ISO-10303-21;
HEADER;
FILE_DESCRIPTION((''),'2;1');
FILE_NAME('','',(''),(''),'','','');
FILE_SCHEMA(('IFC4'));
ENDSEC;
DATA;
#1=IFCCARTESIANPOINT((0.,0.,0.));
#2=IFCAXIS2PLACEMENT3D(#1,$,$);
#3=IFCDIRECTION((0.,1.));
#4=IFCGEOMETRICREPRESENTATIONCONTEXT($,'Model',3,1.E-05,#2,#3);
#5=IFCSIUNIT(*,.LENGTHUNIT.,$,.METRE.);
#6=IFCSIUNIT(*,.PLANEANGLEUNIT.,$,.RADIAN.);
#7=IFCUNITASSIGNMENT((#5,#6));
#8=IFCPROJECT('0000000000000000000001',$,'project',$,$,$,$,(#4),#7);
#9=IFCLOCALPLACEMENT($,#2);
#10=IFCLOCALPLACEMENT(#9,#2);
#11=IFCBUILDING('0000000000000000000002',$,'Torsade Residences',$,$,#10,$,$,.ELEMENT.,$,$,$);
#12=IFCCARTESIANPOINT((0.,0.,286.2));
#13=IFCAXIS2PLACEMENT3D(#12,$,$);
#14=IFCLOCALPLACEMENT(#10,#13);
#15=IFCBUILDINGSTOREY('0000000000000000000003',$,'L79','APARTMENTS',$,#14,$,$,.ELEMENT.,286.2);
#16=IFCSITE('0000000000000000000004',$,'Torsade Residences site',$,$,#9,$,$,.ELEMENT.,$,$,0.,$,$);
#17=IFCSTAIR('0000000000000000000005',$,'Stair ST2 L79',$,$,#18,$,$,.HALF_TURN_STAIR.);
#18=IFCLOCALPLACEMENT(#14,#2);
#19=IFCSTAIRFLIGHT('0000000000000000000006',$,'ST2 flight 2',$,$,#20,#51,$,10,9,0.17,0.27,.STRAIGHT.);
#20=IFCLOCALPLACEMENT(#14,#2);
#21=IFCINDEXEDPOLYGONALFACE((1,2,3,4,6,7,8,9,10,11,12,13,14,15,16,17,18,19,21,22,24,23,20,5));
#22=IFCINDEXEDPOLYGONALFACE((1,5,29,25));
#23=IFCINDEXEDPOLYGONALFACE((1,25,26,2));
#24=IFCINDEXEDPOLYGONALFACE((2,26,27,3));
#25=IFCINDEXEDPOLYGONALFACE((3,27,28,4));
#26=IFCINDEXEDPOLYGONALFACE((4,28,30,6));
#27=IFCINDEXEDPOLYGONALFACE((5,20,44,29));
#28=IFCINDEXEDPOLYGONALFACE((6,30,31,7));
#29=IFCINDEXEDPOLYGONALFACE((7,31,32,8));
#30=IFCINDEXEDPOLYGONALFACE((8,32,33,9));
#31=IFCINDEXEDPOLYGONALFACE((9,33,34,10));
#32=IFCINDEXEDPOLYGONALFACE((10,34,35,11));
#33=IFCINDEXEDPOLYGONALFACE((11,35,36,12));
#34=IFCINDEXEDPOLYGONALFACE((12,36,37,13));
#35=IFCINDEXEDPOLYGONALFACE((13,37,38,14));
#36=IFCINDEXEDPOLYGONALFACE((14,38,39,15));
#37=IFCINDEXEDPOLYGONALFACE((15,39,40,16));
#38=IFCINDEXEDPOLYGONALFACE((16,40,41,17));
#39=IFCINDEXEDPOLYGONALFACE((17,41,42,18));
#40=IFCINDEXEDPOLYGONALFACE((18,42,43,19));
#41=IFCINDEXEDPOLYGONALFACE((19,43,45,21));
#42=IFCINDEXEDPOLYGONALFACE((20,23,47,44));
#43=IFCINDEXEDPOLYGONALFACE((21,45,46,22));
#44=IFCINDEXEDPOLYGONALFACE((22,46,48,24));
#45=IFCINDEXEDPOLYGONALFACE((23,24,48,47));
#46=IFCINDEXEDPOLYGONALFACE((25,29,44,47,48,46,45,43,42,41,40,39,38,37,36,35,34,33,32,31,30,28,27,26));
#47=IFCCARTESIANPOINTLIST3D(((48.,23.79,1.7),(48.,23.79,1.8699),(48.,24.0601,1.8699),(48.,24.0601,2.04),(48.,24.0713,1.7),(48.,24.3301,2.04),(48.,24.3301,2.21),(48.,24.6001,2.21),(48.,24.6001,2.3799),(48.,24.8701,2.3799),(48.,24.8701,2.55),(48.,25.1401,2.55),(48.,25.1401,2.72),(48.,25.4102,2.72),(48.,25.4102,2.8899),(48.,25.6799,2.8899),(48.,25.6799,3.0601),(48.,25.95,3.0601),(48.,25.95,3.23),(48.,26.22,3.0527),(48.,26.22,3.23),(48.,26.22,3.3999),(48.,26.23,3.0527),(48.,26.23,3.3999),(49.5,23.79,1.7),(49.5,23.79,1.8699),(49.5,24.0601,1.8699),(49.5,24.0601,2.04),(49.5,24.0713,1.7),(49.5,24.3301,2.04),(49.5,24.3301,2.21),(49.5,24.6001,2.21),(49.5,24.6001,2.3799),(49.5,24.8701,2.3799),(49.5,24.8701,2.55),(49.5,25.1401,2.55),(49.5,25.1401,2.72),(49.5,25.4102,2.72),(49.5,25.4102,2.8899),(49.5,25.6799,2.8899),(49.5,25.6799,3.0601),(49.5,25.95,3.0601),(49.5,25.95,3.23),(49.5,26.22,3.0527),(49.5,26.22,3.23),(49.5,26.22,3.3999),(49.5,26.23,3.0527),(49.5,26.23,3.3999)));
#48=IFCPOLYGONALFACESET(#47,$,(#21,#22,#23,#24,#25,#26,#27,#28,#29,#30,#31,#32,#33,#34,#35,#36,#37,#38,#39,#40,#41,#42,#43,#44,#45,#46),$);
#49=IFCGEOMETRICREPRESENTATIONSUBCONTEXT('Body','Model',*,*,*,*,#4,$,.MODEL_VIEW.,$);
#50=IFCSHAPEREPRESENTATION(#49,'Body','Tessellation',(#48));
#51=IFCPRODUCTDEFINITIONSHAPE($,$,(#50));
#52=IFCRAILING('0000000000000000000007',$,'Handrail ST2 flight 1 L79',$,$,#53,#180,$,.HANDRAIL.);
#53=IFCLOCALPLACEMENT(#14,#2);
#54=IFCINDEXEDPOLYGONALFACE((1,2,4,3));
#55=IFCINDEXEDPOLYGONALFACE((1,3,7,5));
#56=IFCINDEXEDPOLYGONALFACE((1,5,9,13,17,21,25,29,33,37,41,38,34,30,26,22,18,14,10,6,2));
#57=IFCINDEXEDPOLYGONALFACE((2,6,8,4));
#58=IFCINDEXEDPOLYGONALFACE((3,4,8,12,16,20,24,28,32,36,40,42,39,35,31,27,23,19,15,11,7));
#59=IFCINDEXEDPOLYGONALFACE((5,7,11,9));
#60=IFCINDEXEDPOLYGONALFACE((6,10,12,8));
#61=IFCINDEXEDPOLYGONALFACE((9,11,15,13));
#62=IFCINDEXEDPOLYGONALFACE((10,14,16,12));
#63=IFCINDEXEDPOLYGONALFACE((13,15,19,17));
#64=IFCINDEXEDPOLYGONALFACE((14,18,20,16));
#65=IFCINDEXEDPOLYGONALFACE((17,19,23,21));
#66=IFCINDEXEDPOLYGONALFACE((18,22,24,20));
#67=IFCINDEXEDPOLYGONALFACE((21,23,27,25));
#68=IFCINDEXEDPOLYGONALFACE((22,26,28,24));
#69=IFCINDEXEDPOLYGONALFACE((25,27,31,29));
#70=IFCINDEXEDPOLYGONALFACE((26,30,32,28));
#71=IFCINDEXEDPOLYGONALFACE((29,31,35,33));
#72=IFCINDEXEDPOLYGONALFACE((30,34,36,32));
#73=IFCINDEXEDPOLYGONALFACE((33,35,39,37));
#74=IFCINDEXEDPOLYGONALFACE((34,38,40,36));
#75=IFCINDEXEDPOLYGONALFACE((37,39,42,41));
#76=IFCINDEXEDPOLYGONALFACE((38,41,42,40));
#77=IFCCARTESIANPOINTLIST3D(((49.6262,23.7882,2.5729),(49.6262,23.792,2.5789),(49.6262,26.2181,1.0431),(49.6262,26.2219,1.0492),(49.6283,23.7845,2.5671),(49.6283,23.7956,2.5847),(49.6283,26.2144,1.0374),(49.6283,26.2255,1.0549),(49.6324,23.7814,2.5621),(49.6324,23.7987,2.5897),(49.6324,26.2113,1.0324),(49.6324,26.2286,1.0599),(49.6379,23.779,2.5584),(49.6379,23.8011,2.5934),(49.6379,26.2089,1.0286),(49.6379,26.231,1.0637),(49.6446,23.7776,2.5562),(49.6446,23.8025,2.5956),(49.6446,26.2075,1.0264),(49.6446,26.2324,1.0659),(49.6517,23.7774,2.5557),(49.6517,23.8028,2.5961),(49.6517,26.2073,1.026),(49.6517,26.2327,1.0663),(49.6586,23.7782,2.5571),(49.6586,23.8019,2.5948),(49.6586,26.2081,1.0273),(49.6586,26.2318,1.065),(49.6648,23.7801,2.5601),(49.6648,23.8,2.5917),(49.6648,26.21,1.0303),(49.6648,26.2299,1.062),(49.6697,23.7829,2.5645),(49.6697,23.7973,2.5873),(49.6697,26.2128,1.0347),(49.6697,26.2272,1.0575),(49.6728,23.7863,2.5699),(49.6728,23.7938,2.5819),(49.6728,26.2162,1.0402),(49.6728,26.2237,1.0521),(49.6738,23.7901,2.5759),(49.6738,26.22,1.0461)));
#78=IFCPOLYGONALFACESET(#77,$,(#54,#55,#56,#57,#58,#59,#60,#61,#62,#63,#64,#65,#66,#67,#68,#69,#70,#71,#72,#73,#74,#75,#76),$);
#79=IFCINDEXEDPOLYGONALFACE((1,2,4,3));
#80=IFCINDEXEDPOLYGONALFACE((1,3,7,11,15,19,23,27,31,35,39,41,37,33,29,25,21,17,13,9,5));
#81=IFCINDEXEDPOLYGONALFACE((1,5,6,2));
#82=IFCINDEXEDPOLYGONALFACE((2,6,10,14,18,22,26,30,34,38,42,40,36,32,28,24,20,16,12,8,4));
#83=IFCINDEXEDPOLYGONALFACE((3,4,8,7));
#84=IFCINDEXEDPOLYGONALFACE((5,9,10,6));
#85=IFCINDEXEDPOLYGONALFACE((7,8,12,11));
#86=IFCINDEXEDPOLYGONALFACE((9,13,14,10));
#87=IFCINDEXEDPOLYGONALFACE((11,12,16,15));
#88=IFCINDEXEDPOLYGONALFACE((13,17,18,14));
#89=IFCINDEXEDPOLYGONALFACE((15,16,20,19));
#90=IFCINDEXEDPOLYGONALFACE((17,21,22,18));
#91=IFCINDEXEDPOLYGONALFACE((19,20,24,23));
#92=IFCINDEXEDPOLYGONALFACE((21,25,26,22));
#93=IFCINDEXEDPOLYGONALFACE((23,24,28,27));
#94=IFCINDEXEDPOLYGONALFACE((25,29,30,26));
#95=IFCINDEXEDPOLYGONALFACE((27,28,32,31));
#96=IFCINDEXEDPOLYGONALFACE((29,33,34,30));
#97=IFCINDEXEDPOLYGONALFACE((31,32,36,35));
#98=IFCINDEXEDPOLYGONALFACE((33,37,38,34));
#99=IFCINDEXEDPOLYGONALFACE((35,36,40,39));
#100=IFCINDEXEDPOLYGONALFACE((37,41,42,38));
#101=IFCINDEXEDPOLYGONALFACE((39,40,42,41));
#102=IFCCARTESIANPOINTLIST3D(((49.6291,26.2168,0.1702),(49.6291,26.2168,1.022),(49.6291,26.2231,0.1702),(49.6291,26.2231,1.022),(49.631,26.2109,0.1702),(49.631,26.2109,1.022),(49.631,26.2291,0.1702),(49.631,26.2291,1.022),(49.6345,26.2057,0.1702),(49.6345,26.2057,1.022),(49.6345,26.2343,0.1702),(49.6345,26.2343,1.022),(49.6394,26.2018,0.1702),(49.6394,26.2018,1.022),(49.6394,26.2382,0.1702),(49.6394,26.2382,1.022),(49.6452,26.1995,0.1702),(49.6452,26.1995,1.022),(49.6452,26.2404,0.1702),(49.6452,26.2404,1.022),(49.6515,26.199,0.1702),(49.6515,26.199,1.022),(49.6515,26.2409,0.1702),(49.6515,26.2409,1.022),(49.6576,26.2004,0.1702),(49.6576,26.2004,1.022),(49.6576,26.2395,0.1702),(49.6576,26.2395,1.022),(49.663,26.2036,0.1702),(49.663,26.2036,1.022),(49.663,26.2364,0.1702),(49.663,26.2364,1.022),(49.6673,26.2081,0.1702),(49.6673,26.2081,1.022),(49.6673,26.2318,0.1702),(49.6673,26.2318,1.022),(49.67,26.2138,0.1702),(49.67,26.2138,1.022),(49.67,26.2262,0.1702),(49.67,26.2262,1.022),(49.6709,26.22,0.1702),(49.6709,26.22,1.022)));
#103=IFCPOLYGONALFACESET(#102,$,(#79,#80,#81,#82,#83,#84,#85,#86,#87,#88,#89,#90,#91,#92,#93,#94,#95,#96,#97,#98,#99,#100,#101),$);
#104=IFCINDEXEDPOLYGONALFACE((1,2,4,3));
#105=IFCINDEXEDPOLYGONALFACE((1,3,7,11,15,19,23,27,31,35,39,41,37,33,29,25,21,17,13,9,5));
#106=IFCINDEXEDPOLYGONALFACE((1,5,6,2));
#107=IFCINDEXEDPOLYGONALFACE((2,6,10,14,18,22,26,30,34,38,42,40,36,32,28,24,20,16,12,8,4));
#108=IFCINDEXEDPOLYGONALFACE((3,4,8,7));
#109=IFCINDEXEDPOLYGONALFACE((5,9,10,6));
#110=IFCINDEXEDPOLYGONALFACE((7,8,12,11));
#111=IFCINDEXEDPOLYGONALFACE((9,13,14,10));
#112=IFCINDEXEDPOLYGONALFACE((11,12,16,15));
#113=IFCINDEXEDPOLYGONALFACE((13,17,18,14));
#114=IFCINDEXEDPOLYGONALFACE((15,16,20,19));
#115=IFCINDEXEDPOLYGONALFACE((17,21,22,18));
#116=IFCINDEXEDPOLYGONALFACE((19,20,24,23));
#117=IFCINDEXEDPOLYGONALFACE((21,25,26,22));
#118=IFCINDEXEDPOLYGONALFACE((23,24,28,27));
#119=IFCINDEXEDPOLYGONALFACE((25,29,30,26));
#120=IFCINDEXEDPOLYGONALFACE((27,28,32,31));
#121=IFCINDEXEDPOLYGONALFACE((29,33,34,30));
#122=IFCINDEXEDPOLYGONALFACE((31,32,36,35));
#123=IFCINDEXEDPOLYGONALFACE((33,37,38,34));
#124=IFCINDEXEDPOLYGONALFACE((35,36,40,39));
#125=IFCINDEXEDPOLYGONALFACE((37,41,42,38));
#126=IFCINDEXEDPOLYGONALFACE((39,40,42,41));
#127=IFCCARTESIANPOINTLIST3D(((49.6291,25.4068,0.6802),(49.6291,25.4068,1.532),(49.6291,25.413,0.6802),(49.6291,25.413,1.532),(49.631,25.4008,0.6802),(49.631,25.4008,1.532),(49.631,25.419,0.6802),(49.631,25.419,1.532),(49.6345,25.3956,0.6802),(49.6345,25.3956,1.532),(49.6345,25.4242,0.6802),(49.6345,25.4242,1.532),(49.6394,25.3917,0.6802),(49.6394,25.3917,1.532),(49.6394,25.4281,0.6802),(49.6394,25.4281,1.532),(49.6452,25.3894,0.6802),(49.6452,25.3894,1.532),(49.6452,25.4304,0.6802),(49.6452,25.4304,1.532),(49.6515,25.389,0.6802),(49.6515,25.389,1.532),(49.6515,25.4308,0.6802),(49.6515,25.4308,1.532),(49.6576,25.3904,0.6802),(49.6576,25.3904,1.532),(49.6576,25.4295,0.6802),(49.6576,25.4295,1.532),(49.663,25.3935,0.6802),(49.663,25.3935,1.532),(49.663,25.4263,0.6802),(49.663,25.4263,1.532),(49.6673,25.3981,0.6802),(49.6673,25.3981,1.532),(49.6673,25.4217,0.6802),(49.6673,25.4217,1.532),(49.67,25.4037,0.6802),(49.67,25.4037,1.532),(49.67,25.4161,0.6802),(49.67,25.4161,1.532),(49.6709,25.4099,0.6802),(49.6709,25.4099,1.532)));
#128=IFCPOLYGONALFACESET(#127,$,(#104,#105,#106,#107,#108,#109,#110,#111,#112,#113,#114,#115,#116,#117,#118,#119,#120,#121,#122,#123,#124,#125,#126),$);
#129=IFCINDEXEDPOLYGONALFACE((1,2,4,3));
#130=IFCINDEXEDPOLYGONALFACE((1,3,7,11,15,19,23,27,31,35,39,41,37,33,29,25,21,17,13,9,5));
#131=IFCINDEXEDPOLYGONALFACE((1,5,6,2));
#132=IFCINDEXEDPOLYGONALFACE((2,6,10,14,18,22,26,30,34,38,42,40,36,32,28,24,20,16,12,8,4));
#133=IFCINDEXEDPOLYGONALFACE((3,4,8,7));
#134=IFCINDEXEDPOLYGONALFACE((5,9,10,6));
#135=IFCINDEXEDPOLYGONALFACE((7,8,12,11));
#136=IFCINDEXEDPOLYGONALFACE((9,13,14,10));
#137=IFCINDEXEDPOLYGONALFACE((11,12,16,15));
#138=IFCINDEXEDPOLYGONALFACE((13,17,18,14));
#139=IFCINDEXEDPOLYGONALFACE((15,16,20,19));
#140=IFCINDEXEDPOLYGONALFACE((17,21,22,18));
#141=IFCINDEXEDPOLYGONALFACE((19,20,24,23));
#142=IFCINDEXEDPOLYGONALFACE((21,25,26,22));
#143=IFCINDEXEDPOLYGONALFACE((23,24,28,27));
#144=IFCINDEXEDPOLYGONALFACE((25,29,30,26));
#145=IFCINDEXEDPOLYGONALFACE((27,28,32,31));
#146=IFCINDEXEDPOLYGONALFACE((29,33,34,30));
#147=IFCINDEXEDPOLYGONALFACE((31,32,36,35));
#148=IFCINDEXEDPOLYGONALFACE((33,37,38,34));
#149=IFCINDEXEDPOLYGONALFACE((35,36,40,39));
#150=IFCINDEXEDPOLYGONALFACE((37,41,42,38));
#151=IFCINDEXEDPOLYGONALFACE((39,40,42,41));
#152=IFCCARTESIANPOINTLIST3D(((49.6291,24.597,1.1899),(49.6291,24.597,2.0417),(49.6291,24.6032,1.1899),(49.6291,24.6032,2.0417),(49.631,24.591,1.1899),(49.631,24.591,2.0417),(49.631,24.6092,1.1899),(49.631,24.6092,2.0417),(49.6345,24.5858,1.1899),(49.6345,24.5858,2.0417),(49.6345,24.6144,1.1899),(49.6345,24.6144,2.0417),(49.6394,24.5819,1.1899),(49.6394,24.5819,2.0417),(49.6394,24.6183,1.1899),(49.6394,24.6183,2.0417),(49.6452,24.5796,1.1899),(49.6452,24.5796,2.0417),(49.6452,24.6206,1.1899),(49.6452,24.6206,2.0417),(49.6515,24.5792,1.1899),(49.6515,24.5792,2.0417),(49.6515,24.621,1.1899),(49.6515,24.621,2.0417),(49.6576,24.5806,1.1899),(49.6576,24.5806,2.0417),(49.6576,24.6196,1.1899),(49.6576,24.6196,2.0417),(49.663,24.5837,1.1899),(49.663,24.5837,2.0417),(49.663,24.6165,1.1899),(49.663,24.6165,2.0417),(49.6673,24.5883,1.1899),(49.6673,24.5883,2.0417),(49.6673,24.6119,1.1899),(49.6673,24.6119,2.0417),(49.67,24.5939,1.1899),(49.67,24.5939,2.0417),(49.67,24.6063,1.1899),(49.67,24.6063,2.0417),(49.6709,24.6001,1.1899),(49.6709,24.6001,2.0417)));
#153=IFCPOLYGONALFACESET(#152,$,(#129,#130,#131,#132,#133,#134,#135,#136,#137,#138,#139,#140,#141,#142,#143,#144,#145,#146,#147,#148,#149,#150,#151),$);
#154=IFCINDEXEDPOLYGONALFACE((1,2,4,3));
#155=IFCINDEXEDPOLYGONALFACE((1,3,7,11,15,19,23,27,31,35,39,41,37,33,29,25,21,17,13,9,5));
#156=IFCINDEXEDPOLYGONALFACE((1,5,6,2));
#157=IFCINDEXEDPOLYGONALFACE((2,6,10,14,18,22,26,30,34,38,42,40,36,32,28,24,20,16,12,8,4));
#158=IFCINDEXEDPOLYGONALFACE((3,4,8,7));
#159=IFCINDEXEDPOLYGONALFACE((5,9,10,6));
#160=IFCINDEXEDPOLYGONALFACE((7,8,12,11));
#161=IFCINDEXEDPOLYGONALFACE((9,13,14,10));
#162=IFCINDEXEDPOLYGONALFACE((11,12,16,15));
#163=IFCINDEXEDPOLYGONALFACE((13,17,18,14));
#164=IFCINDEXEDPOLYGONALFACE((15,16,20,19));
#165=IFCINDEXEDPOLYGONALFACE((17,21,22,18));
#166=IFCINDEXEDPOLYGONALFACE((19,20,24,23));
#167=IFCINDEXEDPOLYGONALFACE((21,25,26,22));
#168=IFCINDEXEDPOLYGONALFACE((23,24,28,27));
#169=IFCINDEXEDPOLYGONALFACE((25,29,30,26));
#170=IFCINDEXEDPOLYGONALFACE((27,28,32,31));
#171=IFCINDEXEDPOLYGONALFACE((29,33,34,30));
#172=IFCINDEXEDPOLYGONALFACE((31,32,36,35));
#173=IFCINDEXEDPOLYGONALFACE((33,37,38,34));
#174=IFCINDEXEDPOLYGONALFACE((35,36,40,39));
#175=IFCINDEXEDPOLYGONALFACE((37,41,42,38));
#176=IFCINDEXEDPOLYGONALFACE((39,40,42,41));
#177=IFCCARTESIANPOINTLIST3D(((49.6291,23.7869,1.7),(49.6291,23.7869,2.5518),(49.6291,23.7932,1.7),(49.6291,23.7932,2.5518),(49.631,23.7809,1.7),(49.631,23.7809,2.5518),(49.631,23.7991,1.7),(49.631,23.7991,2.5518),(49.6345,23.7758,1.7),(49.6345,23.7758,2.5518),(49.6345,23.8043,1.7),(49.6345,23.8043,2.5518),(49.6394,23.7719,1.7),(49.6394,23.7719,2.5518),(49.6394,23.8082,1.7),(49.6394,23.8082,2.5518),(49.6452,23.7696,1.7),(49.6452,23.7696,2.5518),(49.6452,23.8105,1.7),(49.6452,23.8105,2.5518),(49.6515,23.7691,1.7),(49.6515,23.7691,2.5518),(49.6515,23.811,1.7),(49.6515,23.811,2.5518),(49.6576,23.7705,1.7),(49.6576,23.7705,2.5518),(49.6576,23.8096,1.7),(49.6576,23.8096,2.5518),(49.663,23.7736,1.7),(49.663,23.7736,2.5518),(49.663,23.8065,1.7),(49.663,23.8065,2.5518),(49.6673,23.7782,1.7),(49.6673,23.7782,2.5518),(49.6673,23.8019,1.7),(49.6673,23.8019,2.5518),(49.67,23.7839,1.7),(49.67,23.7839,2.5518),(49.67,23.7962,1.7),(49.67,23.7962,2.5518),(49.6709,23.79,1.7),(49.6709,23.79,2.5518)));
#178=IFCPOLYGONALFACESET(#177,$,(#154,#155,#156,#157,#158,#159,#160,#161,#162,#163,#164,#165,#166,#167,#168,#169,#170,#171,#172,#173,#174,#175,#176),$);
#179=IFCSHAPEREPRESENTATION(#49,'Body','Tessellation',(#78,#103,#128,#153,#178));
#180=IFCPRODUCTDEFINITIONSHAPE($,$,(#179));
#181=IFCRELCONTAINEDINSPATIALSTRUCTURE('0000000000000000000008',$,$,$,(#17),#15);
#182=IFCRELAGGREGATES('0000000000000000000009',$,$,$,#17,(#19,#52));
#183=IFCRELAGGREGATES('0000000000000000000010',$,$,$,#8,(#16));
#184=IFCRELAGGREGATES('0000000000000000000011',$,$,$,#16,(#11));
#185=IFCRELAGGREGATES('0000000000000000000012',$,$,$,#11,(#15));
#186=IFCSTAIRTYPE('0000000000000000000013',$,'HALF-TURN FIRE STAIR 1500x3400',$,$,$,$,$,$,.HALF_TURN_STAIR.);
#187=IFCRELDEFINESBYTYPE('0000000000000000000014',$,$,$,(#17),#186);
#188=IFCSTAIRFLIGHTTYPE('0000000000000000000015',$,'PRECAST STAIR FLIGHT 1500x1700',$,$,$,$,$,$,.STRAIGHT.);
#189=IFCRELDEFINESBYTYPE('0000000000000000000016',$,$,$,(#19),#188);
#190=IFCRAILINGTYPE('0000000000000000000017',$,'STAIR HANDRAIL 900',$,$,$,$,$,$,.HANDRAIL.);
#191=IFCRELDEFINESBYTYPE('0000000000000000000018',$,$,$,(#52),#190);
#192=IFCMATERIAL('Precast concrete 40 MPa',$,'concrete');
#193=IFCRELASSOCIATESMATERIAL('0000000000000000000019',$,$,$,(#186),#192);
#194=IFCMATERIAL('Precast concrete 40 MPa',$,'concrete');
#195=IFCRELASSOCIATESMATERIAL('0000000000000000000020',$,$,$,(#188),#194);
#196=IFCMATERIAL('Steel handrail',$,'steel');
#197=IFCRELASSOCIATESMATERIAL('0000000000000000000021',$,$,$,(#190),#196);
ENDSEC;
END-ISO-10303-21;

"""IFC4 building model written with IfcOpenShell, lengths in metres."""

from ifc_helpers import new_model, si_unit, direction, frame, origin, origin_2d, place, context, subcontext, project, spatial, polyline, circle, outline, extrude, material, type_object, element, aggregate, save


model = new_model("IFC4")

# Units and contexts
model_context = context("Model", 3, precision=1e-05, world=origin(), true_north=direction((0.0, 1.0)))
body_context = subcontext(model_context, "Body", "Model", "MODEL_VIEW")
ifc_project = project(units=[si_unit("LENGTHUNIT", "METRE"), si_unit("PLANEANGLEUNIT", "RADIAN")], contexts=[model_context])

# Site, building, storey
site_placement = place(None, origin())
site = spatial("IfcSite", under=ifc_project, at=site_placement, Name="Torsade Residences site", CompositionType="ELEMENT", RefElevation=0.0)
building_placement = place(site_placement, origin())
building = spatial("IfcBuilding", under=site, at=building_placement, Name="Torsade Residences", CompositionType="ELEMENT")
storey_placement = place(building_placement, frame((0.0, 0.0, 286.2)))
storey = spatial("IfcBuildingStorey", under=building, at=storey_placement, Name="L79", Description="APARTMENTS", CompositionType="ELEMENT", Elevation=286.2)

# Stair, stair flight, railing
ifc_material_1 = material(Name="Precast concrete 40 MPa", Category="concrete")
stair_type = type_object("IfcStairType", Name="HALF-TURN FIRE STAIR 1500x3400", PredefinedType="HALF_TURN_STAIR", material=ifc_material_1)
stair_placement = place(storey_placement, origin())
stair = element("IfcStair", 1, at=stair_placement, inside=storey, type_object=stair_type, Name="Stair ST2 L79", PredefinedType="HALF_TURN_STAIR")
ifc_material_2 = material(Name="Precast concrete 40 MPa", Category="concrete")
stair_flight_type = type_object("IfcStairFlightType", Name="PRECAST STAIR FLIGHT 1500x1700", PredefinedType="STRAIGHT", material=ifc_material_2)
stair_flight_1_placement = place(storey_placement, frame((48.75, 23.79, 1.7), z_axis=(0.0, 0.0, 1.0), x_axis=(0.0, 1.0, 0.0)))
stair_flight_1 = element("IfcStairFlight", 2, at=stair_flight_1_placement, type_object=stair_flight_type, Name="ST2 flight 2", NumberOfRisers=10, NumberOfTreads=9, PredefinedType="STRAIGHT", RiserHeight=0.17, TreadLength=0.27, context=body_context, shape_type="SweptSolid", body=[
    extrude(outline(polyline([(0.0, 0.0), (0.0, 0.1699), (0.27, 0.1699), (0.27, 0.3401), (0.54, 0.3401), (0.54, 0.51), (0.8101, 0.51), (0.8101, 0.6799), (1.0801, 0.6799), (1.0801, 0.8501), (1.3501, 0.8501), (1.3501, 1.02), (1.6201, 1.02), (1.6201, 1.1899), (1.8899, 1.1899), (1.8899, 1.3601), (2.1599, 1.3601), (2.1599, 1.53), (2.4299, 1.53), (2.4299, 1.7), (2.4399, 1.7), (2.4399, 1.3528), (2.4299, 1.3528), (0.2812, 0.0), (0.0, 0.0)])), frame((0.0, 0.75, 0.0), z_axis=(0.0, -1.0, 0.0), x_axis=(1.0, 0.0, 0.0)), (0.0, 0.0, 1.0), 1.5),
])
ifc_material_3 = material(Name="Steel handrail", Category="steel")
railing_type = type_object("IfcRailingType", Name="STAIR HANDRAIL 900", PredefinedType="HANDRAIL", material=ifc_material_3)
railing_1_placement = place(storey_placement, frame((49.6499, 26.22, 0.1702)))
railing_1 = element("IfcRailing", 3, at=railing_1_placement, type_object=railing_type, Name="Handrail ST2 flight 1 L79", PredefinedType="HANDRAIL", context=body_context, shape_type="SweptSolid", body=[
    extrude(circle(Radius=0.0239, at=origin_2d()), frame((0.0, 0.0, 0.876), z_axis=(0.0, -0.84626, 0.53277), x_axis=(1.0, 0.0, 0.0)), (0.0, 0.0, 1.0), 2.8713),
    extrude(circle(Radius=0.021, at=origin_2d()), origin(), (0.0, 0.0, 1.0), 0.8518),
    extrude(circle(Radius=0.021, at=origin_2d()), frame((0.0, -0.8101, 0.51)), (0.0, 0.0, 1.0), 0.8518),
    extrude(circle(Radius=0.021, at=origin_2d()), frame((0.0, -1.6199, 1.0198)), (0.0, 0.0, 1.0), 0.8518),
    extrude(circle(Radius=0.021, at=origin_2d()), frame((0.0, -2.4299, 1.5298)), (0.0, 0.0, 1.0), 0.8518),
])
aggregate(stair, [stair_flight_1, railing_1])

save(model, "model.ifc")
